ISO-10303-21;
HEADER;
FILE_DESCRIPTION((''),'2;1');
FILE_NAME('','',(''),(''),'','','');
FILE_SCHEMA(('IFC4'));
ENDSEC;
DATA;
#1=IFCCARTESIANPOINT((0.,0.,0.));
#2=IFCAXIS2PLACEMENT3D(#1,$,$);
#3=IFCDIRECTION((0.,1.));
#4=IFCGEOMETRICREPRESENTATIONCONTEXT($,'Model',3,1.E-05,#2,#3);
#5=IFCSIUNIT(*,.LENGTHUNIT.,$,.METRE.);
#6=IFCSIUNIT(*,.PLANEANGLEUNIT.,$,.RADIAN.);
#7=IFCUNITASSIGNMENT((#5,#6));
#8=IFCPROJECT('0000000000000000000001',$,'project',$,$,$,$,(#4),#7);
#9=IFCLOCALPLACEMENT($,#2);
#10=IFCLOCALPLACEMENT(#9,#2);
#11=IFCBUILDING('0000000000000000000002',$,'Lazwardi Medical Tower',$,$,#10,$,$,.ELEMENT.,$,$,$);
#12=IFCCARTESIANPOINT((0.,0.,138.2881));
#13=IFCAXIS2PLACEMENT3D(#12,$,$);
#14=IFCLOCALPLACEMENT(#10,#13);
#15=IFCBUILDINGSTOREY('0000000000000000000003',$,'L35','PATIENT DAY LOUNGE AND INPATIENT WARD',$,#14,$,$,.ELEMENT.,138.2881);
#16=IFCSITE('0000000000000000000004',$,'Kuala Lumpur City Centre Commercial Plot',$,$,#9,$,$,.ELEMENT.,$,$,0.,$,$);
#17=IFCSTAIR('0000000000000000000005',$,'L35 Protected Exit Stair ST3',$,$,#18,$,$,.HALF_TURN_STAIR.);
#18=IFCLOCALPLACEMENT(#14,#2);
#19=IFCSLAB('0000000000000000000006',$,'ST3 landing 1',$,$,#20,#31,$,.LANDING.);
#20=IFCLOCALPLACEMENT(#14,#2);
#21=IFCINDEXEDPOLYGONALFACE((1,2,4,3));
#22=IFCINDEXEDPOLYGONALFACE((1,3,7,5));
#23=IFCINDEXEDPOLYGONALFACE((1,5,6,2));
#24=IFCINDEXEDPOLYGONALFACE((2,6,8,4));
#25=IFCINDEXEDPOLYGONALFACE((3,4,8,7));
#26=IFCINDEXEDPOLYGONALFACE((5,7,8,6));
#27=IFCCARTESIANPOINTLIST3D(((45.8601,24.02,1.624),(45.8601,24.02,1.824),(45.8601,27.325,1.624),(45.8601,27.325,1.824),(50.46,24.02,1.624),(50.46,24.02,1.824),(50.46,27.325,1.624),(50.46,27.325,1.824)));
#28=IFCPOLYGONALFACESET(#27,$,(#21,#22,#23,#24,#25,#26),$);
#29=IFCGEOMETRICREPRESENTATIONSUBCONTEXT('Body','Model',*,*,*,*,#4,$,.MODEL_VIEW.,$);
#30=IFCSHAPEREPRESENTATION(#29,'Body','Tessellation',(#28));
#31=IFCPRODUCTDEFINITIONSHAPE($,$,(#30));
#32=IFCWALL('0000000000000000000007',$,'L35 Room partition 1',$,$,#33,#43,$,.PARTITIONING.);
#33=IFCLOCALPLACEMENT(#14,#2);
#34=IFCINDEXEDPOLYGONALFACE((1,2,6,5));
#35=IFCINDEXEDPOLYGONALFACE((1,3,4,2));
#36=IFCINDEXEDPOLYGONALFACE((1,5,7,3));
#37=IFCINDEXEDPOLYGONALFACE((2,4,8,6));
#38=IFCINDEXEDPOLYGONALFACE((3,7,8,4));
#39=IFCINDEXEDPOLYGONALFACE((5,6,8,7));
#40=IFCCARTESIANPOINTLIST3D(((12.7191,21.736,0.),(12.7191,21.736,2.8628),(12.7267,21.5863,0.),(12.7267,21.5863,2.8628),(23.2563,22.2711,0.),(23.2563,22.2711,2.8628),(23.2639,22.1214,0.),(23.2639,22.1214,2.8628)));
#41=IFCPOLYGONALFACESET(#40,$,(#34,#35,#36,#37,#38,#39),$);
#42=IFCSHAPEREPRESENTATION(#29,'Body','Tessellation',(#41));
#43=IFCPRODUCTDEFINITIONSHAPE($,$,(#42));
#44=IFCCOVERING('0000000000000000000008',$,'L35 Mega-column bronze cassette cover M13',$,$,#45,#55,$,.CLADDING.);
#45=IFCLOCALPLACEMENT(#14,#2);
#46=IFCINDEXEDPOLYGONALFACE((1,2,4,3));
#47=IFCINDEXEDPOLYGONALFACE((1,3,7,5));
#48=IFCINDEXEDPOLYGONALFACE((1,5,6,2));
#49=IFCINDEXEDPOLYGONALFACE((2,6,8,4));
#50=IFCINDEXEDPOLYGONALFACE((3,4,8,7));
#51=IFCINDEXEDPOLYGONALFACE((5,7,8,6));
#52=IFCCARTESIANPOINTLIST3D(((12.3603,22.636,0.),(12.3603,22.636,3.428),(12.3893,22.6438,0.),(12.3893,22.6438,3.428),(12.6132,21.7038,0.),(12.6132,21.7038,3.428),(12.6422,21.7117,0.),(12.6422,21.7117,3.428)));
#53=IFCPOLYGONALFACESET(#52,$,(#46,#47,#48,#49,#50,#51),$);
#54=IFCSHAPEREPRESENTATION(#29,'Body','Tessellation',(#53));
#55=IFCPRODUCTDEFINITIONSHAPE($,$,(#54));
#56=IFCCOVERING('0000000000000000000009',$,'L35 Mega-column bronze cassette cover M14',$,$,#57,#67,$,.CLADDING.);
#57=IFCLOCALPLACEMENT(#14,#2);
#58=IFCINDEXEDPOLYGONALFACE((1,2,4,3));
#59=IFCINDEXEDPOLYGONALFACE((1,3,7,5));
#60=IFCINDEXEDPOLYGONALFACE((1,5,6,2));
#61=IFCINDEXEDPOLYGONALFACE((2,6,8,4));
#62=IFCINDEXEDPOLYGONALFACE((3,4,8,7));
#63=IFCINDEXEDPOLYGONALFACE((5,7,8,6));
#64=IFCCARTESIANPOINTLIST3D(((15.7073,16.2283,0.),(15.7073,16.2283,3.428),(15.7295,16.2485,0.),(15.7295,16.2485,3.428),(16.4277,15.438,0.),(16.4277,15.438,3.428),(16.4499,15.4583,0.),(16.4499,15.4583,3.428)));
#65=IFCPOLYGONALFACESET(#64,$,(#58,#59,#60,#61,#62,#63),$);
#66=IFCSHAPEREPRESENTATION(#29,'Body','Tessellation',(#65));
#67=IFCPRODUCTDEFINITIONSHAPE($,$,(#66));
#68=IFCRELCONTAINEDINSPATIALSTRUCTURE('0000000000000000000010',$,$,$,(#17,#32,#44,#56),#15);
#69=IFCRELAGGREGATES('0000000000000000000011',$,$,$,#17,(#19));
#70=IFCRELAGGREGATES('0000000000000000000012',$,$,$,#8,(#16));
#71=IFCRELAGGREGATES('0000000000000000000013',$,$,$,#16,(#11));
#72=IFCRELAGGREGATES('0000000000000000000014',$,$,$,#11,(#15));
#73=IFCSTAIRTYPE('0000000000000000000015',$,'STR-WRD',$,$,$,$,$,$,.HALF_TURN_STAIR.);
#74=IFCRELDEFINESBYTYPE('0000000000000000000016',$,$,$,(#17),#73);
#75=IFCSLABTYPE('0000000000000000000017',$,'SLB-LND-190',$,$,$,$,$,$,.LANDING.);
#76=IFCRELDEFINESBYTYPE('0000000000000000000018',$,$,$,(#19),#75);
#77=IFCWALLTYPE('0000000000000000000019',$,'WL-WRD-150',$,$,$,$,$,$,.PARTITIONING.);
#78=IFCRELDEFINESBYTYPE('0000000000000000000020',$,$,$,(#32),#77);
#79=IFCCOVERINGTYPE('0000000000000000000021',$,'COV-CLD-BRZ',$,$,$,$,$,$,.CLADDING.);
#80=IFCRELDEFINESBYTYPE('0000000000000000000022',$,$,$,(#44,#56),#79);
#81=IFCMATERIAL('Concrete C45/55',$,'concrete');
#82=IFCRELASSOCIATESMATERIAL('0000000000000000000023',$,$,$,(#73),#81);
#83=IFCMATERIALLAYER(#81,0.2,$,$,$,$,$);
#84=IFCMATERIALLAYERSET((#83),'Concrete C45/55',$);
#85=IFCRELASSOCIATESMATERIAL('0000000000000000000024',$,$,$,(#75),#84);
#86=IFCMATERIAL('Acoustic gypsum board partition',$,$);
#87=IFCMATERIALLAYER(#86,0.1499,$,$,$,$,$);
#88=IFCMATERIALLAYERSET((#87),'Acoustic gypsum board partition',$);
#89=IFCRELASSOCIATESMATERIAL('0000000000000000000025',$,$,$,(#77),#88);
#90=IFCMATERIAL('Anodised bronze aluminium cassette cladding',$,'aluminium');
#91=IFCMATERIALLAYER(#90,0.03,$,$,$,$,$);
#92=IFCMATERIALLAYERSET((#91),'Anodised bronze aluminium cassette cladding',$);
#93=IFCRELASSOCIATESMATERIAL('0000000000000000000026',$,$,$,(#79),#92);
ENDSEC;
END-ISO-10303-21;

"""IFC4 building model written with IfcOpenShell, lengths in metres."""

from ifc_helpers import new_model, si_unit, direction, frame, frame_2d, origin, origin_2d, place, context, subcontext, project, spatial, polyline, rectangle, outline, extrude, material, layer, layer_set, type_object, element, aggregate, save


model = new_model("IFC4")

# Units and contexts
model_context = context("Model", 3, precision=1e-05, world=origin(), true_north=direction((0.0, 1.0)))
body_context = subcontext(model_context, "Body", "Model", "MODEL_VIEW")
ifc_project = project(units=[si_unit("LENGTHUNIT", "METRE"), si_unit("PLANEANGLEUNIT", "RADIAN")], contexts=[model_context])

# Site, building, storey
site_placement = place(None, origin())
site = spatial("IfcSite", under=ifc_project, at=site_placement, Name="Kuala Lumpur City Centre Commercial Plot", CompositionType="ELEMENT", RefElevation=0.0)
building_placement = place(site_placement, origin())
building = spatial("IfcBuilding", under=site, at=building_placement, Name="Lazwardi Medical Tower", CompositionType="ELEMENT")
storey_placement = place(building_placement, frame((0.0, 0.0, 138.2881)))
storey = spatial("IfcBuildingStorey", under=building, at=storey_placement, Name="L35", Description="PATIENT DAY LOUNGE AND INPATIENT WARD", CompositionType="ELEMENT", Elevation=138.2881)

# Stair, slab
ifc_material_1 = material(Name="Concrete C45/55", Category="concrete")
stair_type = type_object("IfcStairType", Name="STR-WRD", PredefinedType="HALF_TURN_STAIR", material=ifc_material_1)
stair_placement = place(storey_placement, origin())
stair = element("IfcStair", 1, at=stair_placement, inside=storey, type_object=stair_type, Name="L35 Protected Exit Stair ST3", PredefinedType="HALF_TURN_STAIR")
ifc_layer_1 = layer(ifc_material_1, 0.2)
ifc_layer_set_1 = layer_set([ifc_layer_1], Name="Concrete C45/55")
slab_type = type_object("IfcSlabType", Name="SLB-LND-190", PredefinedType="LANDING", material=ifc_layer_set_1)
slab_placement = place(storey_placement, frame((0.0, 0.0, 1.624)))
slab = element("IfcSlab", 2, at=slab_placement, type_object=slab_type, Name="ST3 landing 1", PredefinedType="LANDING", context=body_context, shape_type="SweptSolid", body=[
    extrude(outline(polyline([(45.8601, 27.325), (45.8601, 24.02), (50.46, 24.02), (50.46, 27.325), (45.8601, 27.325)])), origin(), (0.0, 0.0, 1.0), 0.2),
])
aggregate(stair, [slab])

# Wall
ifc_material_2 = material(Name="Acoustic gypsum board partition")
ifc_layer_2 = layer(ifc_material_2, 0.1499)
ifc_layer_set_2 = layer_set([ifc_layer_2], Name="Acoustic gypsum board partition")
wall_type = type_object("IfcWallType", Name="WL-WRD-150", PredefinedType="PARTITIONING", material=ifc_layer_set_2)
wall_placement = place(storey_placement, frame((12.7229, 21.6611, 0.0), z_axis=(0.0, 0.0, 1.0), x_axis=(0.998713, 0.050722, 0.0)))
element("IfcWall", 3, at=wall_placement, inside=storey, type_object=wall_type, Name="L35 Room partition 1", PredefinedType="PARTITIONING", context=body_context, shape_type="SweptSolid", body=[
    extrude(rectangle(XDim=10.5508, YDim=0.1499, at=frame_2d((5.2754, 0.0))), origin(), (0.0, 0.0, 1.0), 2.8628),
])

# Coverings
ifc_material_3 = material(Name="Anodised bronze aluminium cassette cladding", Category="aluminium")
ifc_layer_3 = layer(ifc_material_3, 0.03)
ifc_layer_set_3 = layer_set([ifc_layer_3], Name="Anodised bronze aluminium cassette cladding")
covering_type = type_object("IfcCoveringType", Name="COV-CLD-BRZ", PredefinedType="CLADDING", material=ifc_layer_set_3)
covering_1_placement = place(storey_placement, frame((12.5012, 22.1738, 0.0), z_axis=(0.0, 0.0, 1.0), x_axis=(0.261829, -0.965114, 0.0)))
element("IfcCovering", 4, at=covering_1_placement, inside=storey, type_object=covering_type, Name="L35 Mega-column bronze cassette cover M13", PredefinedType="CLADDING", context=body_context, shape_type="SweptSolid", body=[
    extrude(rectangle(XDim=0.9658, YDim=0.03, at=origin_2d()), origin(), (0.0, 0.0, 1.0), 3.428),
])
covering_2_placement = place(storey_placement, frame((16.0786, 15.8433, 0.0), z_axis=(0.0, 0.0, 1.0), x_axis=(0.673714, -0.738992, 0.0)))
element("IfcCovering", 5, at=covering_2_placement, inside=storey, type_object=covering_type, Name="L35 Mega-column bronze cassette cover M14", PredefinedType="CLADDING", context=body_context, shape_type="SweptSolid", body=[
    extrude(rectangle(XDim=1.0693, YDim=0.03, at=origin_2d()), origin(), (0.0, 0.0, 1.0), 3.428),
])

save(model, "model.ifc")
